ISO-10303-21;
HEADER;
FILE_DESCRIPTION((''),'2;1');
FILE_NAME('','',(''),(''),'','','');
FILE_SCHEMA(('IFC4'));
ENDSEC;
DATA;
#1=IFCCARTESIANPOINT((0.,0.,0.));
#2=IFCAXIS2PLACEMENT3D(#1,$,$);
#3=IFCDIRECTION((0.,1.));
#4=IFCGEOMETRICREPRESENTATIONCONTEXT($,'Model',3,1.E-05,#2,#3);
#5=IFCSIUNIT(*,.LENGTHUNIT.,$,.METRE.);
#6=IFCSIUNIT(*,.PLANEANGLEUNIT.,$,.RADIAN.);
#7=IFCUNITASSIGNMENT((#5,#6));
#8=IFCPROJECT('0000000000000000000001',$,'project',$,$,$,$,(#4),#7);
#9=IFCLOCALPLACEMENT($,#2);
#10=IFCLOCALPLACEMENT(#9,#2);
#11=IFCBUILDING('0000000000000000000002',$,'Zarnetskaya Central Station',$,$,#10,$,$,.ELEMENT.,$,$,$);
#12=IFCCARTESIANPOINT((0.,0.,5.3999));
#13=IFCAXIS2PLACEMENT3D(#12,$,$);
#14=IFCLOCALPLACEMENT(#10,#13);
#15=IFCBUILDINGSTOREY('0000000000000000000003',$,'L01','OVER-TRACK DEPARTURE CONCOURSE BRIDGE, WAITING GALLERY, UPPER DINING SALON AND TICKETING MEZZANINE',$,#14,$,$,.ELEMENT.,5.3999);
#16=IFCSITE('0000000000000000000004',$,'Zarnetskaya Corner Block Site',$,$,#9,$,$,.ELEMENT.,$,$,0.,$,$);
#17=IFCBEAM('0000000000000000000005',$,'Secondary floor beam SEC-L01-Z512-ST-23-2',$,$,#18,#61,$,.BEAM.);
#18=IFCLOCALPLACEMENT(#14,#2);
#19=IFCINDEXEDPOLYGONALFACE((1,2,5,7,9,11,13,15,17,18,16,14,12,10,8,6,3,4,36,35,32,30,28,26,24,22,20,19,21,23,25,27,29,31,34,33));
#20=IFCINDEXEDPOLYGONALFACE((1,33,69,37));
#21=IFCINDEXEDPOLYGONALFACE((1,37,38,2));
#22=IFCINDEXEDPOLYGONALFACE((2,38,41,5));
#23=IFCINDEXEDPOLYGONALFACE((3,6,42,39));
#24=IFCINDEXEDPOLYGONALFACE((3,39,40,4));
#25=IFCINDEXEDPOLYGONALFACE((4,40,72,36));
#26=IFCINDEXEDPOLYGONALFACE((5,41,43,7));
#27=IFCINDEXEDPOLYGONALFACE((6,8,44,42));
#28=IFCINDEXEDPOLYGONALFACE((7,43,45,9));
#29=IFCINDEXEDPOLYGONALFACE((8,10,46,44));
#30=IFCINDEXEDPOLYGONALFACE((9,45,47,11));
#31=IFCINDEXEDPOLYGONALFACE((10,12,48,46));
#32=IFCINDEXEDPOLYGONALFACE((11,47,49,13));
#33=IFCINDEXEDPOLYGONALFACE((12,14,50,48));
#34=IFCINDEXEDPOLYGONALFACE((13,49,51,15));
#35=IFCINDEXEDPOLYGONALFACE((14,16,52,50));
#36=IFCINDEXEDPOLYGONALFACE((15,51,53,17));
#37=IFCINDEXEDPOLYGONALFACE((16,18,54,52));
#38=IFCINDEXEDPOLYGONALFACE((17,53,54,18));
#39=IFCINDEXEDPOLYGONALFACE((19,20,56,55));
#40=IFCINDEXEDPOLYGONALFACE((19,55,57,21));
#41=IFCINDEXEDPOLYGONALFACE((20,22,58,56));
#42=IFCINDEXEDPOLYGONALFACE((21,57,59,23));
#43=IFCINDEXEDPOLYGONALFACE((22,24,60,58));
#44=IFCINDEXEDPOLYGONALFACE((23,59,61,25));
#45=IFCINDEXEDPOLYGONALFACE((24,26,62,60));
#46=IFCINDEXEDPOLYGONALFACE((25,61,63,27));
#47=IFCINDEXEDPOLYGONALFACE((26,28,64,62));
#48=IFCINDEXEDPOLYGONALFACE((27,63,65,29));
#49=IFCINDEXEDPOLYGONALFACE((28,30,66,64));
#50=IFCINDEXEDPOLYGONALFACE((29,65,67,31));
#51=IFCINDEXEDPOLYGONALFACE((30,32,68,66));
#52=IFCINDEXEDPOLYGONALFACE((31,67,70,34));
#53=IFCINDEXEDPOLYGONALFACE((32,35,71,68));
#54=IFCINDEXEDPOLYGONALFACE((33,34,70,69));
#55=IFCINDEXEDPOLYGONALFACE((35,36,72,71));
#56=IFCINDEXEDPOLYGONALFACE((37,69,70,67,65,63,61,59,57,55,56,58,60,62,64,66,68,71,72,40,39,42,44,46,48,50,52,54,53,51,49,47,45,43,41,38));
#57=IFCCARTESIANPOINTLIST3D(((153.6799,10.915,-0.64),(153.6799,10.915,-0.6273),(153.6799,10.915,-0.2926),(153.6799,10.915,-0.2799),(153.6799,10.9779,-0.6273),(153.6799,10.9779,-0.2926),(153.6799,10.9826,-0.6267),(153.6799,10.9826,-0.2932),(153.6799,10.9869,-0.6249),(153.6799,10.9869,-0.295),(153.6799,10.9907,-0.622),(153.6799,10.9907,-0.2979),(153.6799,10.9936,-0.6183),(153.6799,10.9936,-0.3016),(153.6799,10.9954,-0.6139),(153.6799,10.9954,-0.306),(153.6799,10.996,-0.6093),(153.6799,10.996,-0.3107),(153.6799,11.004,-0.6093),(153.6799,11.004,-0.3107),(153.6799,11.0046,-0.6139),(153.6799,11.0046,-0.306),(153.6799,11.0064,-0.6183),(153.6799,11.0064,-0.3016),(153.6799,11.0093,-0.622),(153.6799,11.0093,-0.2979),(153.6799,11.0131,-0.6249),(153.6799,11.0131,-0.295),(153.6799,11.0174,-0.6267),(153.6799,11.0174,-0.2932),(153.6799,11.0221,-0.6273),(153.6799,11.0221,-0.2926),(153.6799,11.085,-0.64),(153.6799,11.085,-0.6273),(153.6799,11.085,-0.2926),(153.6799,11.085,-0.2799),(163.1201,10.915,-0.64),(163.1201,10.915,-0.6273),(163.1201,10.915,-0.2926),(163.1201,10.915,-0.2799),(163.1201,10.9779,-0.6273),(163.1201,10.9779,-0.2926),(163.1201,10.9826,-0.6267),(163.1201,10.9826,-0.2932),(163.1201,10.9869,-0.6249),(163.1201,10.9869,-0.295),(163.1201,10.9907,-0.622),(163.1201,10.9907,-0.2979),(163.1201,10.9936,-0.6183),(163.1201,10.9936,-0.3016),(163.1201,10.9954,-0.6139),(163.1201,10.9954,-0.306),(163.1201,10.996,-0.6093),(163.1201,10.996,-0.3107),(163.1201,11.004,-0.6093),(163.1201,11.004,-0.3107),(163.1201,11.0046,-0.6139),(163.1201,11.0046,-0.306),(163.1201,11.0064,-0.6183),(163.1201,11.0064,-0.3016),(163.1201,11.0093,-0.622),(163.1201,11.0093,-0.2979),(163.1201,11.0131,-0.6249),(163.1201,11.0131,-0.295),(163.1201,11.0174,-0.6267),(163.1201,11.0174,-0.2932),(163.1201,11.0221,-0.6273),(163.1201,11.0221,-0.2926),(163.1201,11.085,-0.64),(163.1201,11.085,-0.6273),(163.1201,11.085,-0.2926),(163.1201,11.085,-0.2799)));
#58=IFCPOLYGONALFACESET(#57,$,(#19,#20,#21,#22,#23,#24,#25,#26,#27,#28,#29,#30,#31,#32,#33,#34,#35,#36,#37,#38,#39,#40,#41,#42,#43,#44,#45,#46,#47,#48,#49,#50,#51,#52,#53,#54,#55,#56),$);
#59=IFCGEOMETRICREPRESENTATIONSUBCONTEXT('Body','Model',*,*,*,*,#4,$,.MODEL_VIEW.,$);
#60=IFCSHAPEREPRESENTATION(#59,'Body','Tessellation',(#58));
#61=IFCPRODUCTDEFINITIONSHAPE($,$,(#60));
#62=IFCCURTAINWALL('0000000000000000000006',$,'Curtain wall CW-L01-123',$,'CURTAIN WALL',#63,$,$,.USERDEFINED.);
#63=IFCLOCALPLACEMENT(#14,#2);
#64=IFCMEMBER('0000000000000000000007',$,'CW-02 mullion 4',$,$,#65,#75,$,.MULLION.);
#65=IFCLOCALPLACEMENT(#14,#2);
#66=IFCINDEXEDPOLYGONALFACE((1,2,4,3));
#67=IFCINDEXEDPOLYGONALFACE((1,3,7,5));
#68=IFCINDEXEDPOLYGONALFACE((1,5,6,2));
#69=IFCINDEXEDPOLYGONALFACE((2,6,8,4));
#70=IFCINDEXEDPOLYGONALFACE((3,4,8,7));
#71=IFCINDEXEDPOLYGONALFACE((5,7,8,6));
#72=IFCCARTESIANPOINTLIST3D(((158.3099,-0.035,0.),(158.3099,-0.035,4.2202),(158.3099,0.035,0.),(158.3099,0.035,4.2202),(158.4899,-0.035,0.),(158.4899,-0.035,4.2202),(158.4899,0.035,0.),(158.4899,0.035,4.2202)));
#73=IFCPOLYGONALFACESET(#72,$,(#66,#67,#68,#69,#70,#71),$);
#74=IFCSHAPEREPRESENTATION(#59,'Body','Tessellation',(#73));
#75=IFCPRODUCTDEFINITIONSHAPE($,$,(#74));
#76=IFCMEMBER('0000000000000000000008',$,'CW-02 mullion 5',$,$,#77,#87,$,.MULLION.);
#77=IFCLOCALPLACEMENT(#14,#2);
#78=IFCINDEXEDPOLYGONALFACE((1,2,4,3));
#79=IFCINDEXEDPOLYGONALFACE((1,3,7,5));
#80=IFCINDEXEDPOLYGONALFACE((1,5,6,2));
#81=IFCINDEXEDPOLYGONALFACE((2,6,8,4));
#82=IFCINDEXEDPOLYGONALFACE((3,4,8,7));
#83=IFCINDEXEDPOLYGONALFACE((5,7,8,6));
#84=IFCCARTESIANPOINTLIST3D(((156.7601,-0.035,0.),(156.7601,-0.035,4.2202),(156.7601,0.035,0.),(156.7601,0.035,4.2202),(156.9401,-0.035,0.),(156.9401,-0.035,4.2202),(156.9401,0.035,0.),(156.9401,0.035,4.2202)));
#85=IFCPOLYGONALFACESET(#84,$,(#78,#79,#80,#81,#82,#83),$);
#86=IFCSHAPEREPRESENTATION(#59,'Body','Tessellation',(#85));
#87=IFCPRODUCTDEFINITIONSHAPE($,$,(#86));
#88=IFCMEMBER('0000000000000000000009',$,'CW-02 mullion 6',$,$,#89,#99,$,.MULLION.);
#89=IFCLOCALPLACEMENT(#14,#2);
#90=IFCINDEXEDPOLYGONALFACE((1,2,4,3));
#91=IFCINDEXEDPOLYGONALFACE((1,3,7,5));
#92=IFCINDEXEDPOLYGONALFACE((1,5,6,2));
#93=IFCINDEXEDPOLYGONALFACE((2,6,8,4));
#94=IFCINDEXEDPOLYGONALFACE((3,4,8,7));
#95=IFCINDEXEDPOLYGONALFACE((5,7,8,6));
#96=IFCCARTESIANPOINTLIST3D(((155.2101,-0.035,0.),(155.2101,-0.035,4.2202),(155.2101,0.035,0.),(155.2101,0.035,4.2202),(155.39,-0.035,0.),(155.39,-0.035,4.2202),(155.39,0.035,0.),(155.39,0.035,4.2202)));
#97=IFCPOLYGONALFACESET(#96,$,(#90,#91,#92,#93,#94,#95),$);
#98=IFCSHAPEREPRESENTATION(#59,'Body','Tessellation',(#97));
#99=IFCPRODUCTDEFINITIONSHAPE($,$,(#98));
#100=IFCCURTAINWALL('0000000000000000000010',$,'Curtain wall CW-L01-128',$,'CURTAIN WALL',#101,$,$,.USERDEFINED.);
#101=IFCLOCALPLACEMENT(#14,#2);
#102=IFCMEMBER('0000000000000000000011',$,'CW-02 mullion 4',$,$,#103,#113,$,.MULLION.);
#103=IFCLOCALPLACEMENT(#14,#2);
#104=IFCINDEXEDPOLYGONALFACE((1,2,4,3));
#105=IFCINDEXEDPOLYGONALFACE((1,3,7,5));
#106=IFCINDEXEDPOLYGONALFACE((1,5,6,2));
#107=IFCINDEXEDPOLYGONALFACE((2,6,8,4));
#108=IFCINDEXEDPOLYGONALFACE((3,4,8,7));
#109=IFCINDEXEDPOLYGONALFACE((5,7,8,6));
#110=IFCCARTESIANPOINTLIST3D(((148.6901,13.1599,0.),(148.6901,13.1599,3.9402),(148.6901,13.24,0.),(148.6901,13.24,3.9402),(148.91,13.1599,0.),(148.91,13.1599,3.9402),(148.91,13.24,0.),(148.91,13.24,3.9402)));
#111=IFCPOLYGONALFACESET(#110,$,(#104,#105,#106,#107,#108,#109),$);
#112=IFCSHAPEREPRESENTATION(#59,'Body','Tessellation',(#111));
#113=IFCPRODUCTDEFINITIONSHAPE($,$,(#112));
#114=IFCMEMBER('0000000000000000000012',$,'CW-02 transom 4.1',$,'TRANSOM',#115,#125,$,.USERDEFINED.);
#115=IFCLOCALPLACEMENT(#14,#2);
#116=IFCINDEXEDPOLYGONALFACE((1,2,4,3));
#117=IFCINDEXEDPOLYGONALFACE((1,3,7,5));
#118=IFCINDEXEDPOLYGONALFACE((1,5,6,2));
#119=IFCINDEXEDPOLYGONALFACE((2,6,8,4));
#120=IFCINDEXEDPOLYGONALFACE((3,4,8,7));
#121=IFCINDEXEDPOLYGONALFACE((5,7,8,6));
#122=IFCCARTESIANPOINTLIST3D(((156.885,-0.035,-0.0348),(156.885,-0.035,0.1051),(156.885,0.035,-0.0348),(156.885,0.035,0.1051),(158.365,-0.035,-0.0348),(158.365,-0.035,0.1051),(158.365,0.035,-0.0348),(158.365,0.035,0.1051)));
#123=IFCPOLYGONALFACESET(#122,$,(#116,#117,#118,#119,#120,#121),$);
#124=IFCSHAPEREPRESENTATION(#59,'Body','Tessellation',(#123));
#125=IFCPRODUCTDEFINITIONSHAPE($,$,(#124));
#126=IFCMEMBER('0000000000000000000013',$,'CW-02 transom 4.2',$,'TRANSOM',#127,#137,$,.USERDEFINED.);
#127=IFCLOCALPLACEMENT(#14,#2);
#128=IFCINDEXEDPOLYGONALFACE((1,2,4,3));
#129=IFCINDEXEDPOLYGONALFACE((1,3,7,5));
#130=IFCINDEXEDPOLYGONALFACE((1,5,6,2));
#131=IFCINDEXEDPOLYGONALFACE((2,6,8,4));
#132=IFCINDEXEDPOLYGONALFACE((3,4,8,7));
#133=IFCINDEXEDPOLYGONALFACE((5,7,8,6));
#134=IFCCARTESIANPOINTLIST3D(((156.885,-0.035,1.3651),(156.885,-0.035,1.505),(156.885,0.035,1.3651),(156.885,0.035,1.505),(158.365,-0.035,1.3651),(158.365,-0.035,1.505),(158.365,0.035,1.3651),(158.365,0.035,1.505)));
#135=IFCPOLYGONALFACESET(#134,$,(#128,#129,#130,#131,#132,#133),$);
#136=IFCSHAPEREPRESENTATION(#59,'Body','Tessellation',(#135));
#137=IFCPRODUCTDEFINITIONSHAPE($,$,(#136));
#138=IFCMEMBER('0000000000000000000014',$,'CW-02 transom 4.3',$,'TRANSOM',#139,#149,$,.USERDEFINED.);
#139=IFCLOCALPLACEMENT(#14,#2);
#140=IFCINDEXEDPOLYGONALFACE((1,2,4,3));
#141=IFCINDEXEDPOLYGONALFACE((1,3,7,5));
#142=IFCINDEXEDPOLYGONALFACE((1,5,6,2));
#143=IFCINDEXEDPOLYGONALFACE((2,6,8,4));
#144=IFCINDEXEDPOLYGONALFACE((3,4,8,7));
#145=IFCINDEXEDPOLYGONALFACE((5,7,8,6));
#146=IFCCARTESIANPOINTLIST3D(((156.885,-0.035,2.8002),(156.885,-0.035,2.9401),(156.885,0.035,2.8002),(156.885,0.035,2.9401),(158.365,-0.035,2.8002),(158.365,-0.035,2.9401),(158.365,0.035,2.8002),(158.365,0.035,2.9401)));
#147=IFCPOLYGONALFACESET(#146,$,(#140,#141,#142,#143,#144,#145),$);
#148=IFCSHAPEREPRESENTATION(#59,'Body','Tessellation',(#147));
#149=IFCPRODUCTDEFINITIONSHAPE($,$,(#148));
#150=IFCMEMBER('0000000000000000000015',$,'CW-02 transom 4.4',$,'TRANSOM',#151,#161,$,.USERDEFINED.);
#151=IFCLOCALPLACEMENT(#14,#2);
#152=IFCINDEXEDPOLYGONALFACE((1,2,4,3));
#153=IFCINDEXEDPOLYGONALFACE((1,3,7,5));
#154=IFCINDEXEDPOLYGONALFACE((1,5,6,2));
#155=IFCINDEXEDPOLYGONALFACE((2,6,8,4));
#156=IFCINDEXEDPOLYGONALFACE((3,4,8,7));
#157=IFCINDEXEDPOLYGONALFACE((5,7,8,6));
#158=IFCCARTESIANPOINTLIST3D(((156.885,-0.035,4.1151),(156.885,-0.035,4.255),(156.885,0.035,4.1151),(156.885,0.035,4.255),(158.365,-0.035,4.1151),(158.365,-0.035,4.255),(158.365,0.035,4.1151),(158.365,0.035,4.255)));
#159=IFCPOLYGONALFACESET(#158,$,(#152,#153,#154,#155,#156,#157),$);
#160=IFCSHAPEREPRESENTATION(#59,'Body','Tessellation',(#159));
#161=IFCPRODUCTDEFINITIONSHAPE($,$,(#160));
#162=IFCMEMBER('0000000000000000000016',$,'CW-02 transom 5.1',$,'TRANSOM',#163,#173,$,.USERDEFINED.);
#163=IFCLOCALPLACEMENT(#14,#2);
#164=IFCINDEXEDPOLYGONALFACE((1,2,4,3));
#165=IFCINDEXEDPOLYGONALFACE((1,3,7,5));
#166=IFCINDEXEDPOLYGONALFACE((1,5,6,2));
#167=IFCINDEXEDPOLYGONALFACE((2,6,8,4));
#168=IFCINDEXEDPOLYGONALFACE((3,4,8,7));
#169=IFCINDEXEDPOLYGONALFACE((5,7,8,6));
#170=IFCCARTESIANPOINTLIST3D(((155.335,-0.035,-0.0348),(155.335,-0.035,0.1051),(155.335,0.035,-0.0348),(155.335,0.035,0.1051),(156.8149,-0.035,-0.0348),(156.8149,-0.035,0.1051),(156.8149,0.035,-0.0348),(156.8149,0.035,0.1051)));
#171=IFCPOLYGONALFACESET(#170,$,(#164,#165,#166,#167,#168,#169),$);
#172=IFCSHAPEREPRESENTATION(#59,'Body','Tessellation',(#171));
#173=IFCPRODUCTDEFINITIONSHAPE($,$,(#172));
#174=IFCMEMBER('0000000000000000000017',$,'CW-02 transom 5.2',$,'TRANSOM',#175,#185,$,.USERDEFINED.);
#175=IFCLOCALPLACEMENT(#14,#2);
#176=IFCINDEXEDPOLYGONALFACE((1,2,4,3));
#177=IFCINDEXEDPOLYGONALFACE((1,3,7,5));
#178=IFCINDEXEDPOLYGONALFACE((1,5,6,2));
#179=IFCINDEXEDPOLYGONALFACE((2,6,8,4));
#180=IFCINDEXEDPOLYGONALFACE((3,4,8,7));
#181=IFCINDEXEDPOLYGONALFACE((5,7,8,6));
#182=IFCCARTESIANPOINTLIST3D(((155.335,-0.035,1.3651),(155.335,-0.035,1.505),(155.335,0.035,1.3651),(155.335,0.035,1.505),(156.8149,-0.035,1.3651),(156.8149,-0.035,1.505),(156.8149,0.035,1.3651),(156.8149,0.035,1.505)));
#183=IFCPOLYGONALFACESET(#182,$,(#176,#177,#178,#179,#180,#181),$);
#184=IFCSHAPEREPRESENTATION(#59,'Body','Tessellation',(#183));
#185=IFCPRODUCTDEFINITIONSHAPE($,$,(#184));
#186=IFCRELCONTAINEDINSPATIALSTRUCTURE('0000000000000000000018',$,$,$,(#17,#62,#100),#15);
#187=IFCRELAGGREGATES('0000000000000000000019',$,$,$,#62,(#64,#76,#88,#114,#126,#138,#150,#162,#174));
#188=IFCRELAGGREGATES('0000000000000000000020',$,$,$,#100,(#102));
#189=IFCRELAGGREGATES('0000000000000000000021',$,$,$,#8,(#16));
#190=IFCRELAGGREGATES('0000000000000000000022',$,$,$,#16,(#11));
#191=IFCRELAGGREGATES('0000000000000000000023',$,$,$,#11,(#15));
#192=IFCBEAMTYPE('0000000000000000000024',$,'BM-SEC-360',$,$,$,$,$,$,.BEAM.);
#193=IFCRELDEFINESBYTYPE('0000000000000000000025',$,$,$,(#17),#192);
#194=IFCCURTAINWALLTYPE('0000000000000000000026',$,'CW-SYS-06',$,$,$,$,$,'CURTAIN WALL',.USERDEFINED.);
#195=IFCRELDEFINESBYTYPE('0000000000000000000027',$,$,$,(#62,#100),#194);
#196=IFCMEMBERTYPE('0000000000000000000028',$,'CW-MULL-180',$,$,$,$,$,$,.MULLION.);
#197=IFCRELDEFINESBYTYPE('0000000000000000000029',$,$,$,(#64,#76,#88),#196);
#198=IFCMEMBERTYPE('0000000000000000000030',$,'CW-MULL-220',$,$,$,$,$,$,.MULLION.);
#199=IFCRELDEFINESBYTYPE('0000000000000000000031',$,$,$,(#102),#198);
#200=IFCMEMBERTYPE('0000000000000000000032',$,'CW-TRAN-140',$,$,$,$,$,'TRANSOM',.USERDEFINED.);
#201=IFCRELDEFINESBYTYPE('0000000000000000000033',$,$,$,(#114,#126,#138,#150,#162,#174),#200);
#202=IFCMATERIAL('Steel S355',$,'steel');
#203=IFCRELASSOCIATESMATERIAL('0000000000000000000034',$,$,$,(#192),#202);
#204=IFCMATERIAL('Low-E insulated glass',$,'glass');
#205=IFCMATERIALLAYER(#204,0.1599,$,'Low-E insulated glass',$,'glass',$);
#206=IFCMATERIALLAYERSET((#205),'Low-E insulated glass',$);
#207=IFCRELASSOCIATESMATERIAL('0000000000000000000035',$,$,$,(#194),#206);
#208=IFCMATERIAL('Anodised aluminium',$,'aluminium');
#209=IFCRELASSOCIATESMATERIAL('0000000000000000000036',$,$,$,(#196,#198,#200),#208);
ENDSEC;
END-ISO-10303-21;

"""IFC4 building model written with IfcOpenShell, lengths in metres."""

from ifc_helpers import new_model, si_unit, direction, frame, origin, origin_2d, place, context, subcontext, project, spatial, rectangle, i_section, extrude, material, layer, layer_set, material_profile, profile_set, type_object, element, aggregate, save


model = new_model("IFC4")

# Units and contexts
model_context = context("Model", 3, precision=1e-05, world=origin(), true_north=direction((0.0, 1.0)))
body_context = subcontext(model_context, "Body", "Model", "MODEL_VIEW")
ifc_project = project(units=[si_unit("LENGTHUNIT", "METRE"), si_unit("PLANEANGLEUNIT", "RADIAN")], contexts=[model_context])

# Site, building, storey
site_placement = place(None, origin())
site = spatial("IfcSite", under=ifc_project, at=site_placement, Name="Zarnetskaya Corner Block Site", CompositionType="ELEMENT", RefElevation=0.0)
building_placement = place(site_placement, origin())
building = spatial("IfcBuilding", under=site, at=building_placement, Name="Zarnetskaya Central Station", CompositionType="ELEMENT")
storey_placement = place(building_placement, frame((0.0, 0.0, 5.3999)))
storey = spatial("IfcBuildingStorey", under=building, at=storey_placement, Name="L01", Description="OVER-TRACK DEPARTURE CONCOURSE BRIDGE, WAITING GALLERY, UPPER DINING SALON AND TICKETING MEZZANINE", CompositionType="ELEMENT", Elevation=5.3999)

# Shared definitions
ifc_material_1 = material(Name="Steel S355", Category="steel")

# Beam
ifc_material_profile_1 = material_profile(ifc_material_1, i_section(OverallWidth=0.1699, OverallDepth=0.3601, WebThickness=0.0081, FlangeThickness=0.0127, FilletRadius=0.0181, at=origin_2d()), Name="IPE 360")
ifc_profile_set_1 = profile_set([ifc_material_profile_1], Name="Steel S355")
beam_type_1 = type_object("IfcBeamType", Name="BM-SEC-360", PredefinedType="BEAM", material=ifc_profile_set_1)
for number, where, z_axis, x_axis, name in (
    (1, (153.6799, 11.0, -0.46), (1.0, 0.0, 0.0), (0.0, 1.0, 0.0), "Secondary floor beam SEC-L01-Z512-ST-23-2"),
):
    element("IfcBeam", number, at=place(storey_placement, frame(where, z_axis=z_axis, x_axis=x_axis)), inside=storey, type_object=beam_type_1, Name=name, PredefinedType="BEAM", context=body_context, shape_type="SweptSolid", body=[
        extrude(i_section(OverallWidth=0.1699, OverallDepth=0.3601, WebThickness=0.0081, FlangeThickness=0.0127, FilletRadius=0.0181, at=origin_2d()), origin(), (0.0, 0.0, 1.0), 9.4402),
    ])

# Curtain wall, members
ifc_material_2 = material(Name="Low-E insulated glass", Category="glass")
ifc_layer_1 = layer(ifc_material_2, 0.1599, Name="Low-E insulated glass", Category="glass")
ifc_layer_set_1 = layer_set([ifc_layer_1], Name="Low-E insulated glass")
curtain_wall_type = type_object("IfcCurtainWallType", Name="CW-SYS-06", ElementType="CURTAIN WALL", PredefinedType="USERDEFINED", material=ifc_layer_set_1)
curtain_wall_1_placement = place(storey_placement, origin())
curtain_wall_1 = element("IfcCurtainWall", 2, at=curtain_wall_1_placement, inside=storey, type_object=curtain_wall_type, Name="Curtain wall CW-L01-123", ObjectType="CURTAIN WALL", PredefinedType="USERDEFINED")
ifc_material_3 = material(Name="Anodised aluminium", Category="aluminium")
ifc_material_profile_2 = material_profile(ifc_material_3, rectangle(XDim=0.0701, YDim=0.1799, at=origin_2d()), Name="ALU MULL 70x180")
ifc_profile_set_2 = profile_set([ifc_material_profile_2], Name="Anodised aluminium")
member_type_1 = type_object("IfcMemberType", Name="CW-MULL-180", PredefinedType="MULLION", material=ifc_profile_set_2)
member_1_placement = place(storey_placement, frame((158.3999, 0.0, 0.0), z_axis=(0.0, 0.0, 1.0), x_axis=(0.0, -1.0, 0.0)))
member_1 = element("IfcMember", 3, at=member_1_placement, type_object=member_type_1, Name="CW-02 mullion 4", PredefinedType="MULLION", context=body_context, shape_type="SweptSolid", body=[
    extrude(rectangle(XDim=0.0701, YDim=0.1799, at=origin_2d()), origin(), (0.0, 0.0, 1.0), 4.2202),
])
member_2_placement = place(storey_placement, frame((156.8501, 0.0, 0.0), z_axis=(0.0, 0.0, 1.0), x_axis=(0.0, -1.0, 0.0)))
member_2 = element("IfcMember", 4, at=member_2_placement, type_object=member_type_1, Name="CW-02 mullion 5", PredefinedType="MULLION", context=body_context, shape_type="SweptSolid", body=[
    extrude(rectangle(XDim=0.0701, YDim=0.1799, at=origin_2d()), origin(), (0.0, 0.0, 1.0), 4.2202),
])
member_3_placement = place(storey_placement, frame((155.3, 0.0, 0.0), z_axis=(0.0, 0.0, 1.0), x_axis=(0.0, -1.0, 0.0)))
member_3 = element("IfcMember", 5, at=member_3_placement, type_object=member_type_1, Name="CW-02 mullion 6", PredefinedType="MULLION", context=body_context, shape_type="SweptSolid", body=[
    extrude(rectangle(XDim=0.0701, YDim=0.1799, at=origin_2d()), origin(), (0.0, 0.0, 1.0), 4.2202),
])

# Curtain wall, member
curtain_wall_2_placement = place(storey_placement, origin())
curtain_wall_2 = element("IfcCurtainWall", 6, at=curtain_wall_2_placement, inside=storey, type_object=curtain_wall_type, Name="Curtain wall CW-L01-128", ObjectType="CURTAIN WALL", PredefinedType="USERDEFINED")
ifc_material_profile_3 = material_profile(ifc_material_3, rectangle(XDim=0.0801, YDim=0.22, at=origin_2d()), Name="ALU MULL 80x220")
ifc_profile_set_3 = profile_set([ifc_material_profile_3], Name="Anodised aluminium")
member_type_2 = type_object("IfcMemberType", Name="CW-MULL-220", PredefinedType="MULLION", material=ifc_profile_set_3)
member_4_placement = place(storey_placement, frame((148.8, 13.2, 0.0), z_axis=(0.0, 0.0, 1.0), x_axis=(0.0, 1.0, 0.0)))
member_4 = element("IfcMember", 7, at=member_4_placement, type_object=member_type_2, Name="CW-02 mullion 4", PredefinedType="MULLION", context=body_context, shape_type="SweptSolid", body=[
    extrude(rectangle(XDim=0.0801, YDim=0.22, at=origin_2d()), origin(), (0.0, 0.0, 1.0), 3.9402),
])

# Members
ifc_material_profile_4 = material_profile(ifc_material_3, rectangle(XDim=0.0701, YDim=0.1399, at=origin_2d()), Name="ALU TRAN 70x140")
ifc_profile_set_4 = profile_set([ifc_material_profile_4], Name="Anodised aluminium")
member_type_3 = type_object("IfcMemberType", Name="CW-TRAN-140", ElementType="TRANSOM", PredefinedType="USERDEFINED", material=ifc_profile_set_4)
member_5_placement = place(storey_placement, frame((158.365, 0.0, 0.0352), z_axis=(-1.0, 0.0, 0.0), x_axis=(0.0, -1.0, 0.0)))
member_5 = element("IfcMember", 8, at=member_5_placement, type_object=member_type_3, Name="CW-02 transom 4.1", ObjectType="TRANSOM", PredefinedType="USERDEFINED", context=body_context, shape_type="SweptSolid", body=[
    extrude(rectangle(XDim=0.0701, YDim=0.1399, at=origin_2d()), origin(), (0.0, 0.0, 1.0), 1.48),
])
member_6_placement = place(storey_placement, frame((158.365, 0.0, 1.4351), z_axis=(-1.0, 0.0, 0.0), x_axis=(0.0, -1.0, 0.0)))
member_6 = element("IfcMember", 9, at=member_6_placement, type_object=member_type_3, Name="CW-02 transom 4.2", ObjectType="TRANSOM", PredefinedType="USERDEFINED", context=body_context, shape_type="SweptSolid", body=[
    extrude(rectangle(XDim=0.0701, YDim=0.1399, at=origin_2d()), origin(), (0.0, 0.0, 1.0), 1.48),
])
member_7_placement = place(storey_placement, frame((158.365, 0.0, 2.8701), z_axis=(-1.0, 0.0, 0.0), x_axis=(0.0, -1.0, 0.0)))
member_7 = element("IfcMember", 10, at=member_7_placement, type_object=member_type_3, Name="CW-02 transom 4.3", ObjectType="TRANSOM", PredefinedType="USERDEFINED", context=body_context, shape_type="SweptSolid", body=[
    extrude(rectangle(XDim=0.0701, YDim=0.1399, at=origin_2d()), origin(), (0.0, 0.0, 1.0), 1.48),
])
member_8_placement = place(storey_placement, frame((158.365, 0.0, 4.1851), z_axis=(-1.0, 0.0, 0.0), x_axis=(0.0, -1.0, 0.0)))
member_8 = element("IfcMember", 11, at=member_8_placement, type_object=member_type_3, Name="CW-02 transom 4.4", ObjectType="TRANSOM", PredefinedType="USERDEFINED", context=body_context, shape_type="SweptSolid", body=[
    extrude(rectangle(XDim=0.0701, YDim=0.1399, at=origin_2d()), origin(), (0.0, 0.0, 1.0), 1.48),
])
member_9_placement = place(storey_placement, frame((156.8149, 0.0, 0.0352), z_axis=(-1.0, 0.0, 0.0), x_axis=(0.0, -1.0, 0.0)))
member_9 = element("IfcMember", 12, at=member_9_placement, type_object=member_type_3, Name="CW-02 transom 5.1", ObjectType="TRANSOM", PredefinedType="USERDEFINED", context=body_context, shape_type="SweptSolid", body=[
    extrude(rectangle(XDim=0.0701, YDim=0.1399, at=origin_2d()), origin(), (0.0, 0.0, 1.0), 1.48),
])
member_10_placement = place(storey_placement, frame((156.8149, 0.0, 1.4351), z_axis=(-1.0, 0.0, 0.0), x_axis=(0.0, -1.0, 0.0)))
member_10 = element("IfcMember", 13, at=member_10_placement, type_object=member_type_3, Name="CW-02 transom 5.2", ObjectType="TRANSOM", PredefinedType="USERDEFINED", context=body_context, shape_type="SweptSolid", body=[
    extrude(rectangle(XDim=0.0701, YDim=0.1399, at=origin_2d()), origin(), (0.0, 0.0, 1.0), 1.48),
])

aggregate(curtain_wall_1, [member_1, member_2, member_3, member_5, member_6, member_7, member_8, member_9, member_10])
aggregate(curtain_wall_2, [member_4])

save(model, "model.ifc")
